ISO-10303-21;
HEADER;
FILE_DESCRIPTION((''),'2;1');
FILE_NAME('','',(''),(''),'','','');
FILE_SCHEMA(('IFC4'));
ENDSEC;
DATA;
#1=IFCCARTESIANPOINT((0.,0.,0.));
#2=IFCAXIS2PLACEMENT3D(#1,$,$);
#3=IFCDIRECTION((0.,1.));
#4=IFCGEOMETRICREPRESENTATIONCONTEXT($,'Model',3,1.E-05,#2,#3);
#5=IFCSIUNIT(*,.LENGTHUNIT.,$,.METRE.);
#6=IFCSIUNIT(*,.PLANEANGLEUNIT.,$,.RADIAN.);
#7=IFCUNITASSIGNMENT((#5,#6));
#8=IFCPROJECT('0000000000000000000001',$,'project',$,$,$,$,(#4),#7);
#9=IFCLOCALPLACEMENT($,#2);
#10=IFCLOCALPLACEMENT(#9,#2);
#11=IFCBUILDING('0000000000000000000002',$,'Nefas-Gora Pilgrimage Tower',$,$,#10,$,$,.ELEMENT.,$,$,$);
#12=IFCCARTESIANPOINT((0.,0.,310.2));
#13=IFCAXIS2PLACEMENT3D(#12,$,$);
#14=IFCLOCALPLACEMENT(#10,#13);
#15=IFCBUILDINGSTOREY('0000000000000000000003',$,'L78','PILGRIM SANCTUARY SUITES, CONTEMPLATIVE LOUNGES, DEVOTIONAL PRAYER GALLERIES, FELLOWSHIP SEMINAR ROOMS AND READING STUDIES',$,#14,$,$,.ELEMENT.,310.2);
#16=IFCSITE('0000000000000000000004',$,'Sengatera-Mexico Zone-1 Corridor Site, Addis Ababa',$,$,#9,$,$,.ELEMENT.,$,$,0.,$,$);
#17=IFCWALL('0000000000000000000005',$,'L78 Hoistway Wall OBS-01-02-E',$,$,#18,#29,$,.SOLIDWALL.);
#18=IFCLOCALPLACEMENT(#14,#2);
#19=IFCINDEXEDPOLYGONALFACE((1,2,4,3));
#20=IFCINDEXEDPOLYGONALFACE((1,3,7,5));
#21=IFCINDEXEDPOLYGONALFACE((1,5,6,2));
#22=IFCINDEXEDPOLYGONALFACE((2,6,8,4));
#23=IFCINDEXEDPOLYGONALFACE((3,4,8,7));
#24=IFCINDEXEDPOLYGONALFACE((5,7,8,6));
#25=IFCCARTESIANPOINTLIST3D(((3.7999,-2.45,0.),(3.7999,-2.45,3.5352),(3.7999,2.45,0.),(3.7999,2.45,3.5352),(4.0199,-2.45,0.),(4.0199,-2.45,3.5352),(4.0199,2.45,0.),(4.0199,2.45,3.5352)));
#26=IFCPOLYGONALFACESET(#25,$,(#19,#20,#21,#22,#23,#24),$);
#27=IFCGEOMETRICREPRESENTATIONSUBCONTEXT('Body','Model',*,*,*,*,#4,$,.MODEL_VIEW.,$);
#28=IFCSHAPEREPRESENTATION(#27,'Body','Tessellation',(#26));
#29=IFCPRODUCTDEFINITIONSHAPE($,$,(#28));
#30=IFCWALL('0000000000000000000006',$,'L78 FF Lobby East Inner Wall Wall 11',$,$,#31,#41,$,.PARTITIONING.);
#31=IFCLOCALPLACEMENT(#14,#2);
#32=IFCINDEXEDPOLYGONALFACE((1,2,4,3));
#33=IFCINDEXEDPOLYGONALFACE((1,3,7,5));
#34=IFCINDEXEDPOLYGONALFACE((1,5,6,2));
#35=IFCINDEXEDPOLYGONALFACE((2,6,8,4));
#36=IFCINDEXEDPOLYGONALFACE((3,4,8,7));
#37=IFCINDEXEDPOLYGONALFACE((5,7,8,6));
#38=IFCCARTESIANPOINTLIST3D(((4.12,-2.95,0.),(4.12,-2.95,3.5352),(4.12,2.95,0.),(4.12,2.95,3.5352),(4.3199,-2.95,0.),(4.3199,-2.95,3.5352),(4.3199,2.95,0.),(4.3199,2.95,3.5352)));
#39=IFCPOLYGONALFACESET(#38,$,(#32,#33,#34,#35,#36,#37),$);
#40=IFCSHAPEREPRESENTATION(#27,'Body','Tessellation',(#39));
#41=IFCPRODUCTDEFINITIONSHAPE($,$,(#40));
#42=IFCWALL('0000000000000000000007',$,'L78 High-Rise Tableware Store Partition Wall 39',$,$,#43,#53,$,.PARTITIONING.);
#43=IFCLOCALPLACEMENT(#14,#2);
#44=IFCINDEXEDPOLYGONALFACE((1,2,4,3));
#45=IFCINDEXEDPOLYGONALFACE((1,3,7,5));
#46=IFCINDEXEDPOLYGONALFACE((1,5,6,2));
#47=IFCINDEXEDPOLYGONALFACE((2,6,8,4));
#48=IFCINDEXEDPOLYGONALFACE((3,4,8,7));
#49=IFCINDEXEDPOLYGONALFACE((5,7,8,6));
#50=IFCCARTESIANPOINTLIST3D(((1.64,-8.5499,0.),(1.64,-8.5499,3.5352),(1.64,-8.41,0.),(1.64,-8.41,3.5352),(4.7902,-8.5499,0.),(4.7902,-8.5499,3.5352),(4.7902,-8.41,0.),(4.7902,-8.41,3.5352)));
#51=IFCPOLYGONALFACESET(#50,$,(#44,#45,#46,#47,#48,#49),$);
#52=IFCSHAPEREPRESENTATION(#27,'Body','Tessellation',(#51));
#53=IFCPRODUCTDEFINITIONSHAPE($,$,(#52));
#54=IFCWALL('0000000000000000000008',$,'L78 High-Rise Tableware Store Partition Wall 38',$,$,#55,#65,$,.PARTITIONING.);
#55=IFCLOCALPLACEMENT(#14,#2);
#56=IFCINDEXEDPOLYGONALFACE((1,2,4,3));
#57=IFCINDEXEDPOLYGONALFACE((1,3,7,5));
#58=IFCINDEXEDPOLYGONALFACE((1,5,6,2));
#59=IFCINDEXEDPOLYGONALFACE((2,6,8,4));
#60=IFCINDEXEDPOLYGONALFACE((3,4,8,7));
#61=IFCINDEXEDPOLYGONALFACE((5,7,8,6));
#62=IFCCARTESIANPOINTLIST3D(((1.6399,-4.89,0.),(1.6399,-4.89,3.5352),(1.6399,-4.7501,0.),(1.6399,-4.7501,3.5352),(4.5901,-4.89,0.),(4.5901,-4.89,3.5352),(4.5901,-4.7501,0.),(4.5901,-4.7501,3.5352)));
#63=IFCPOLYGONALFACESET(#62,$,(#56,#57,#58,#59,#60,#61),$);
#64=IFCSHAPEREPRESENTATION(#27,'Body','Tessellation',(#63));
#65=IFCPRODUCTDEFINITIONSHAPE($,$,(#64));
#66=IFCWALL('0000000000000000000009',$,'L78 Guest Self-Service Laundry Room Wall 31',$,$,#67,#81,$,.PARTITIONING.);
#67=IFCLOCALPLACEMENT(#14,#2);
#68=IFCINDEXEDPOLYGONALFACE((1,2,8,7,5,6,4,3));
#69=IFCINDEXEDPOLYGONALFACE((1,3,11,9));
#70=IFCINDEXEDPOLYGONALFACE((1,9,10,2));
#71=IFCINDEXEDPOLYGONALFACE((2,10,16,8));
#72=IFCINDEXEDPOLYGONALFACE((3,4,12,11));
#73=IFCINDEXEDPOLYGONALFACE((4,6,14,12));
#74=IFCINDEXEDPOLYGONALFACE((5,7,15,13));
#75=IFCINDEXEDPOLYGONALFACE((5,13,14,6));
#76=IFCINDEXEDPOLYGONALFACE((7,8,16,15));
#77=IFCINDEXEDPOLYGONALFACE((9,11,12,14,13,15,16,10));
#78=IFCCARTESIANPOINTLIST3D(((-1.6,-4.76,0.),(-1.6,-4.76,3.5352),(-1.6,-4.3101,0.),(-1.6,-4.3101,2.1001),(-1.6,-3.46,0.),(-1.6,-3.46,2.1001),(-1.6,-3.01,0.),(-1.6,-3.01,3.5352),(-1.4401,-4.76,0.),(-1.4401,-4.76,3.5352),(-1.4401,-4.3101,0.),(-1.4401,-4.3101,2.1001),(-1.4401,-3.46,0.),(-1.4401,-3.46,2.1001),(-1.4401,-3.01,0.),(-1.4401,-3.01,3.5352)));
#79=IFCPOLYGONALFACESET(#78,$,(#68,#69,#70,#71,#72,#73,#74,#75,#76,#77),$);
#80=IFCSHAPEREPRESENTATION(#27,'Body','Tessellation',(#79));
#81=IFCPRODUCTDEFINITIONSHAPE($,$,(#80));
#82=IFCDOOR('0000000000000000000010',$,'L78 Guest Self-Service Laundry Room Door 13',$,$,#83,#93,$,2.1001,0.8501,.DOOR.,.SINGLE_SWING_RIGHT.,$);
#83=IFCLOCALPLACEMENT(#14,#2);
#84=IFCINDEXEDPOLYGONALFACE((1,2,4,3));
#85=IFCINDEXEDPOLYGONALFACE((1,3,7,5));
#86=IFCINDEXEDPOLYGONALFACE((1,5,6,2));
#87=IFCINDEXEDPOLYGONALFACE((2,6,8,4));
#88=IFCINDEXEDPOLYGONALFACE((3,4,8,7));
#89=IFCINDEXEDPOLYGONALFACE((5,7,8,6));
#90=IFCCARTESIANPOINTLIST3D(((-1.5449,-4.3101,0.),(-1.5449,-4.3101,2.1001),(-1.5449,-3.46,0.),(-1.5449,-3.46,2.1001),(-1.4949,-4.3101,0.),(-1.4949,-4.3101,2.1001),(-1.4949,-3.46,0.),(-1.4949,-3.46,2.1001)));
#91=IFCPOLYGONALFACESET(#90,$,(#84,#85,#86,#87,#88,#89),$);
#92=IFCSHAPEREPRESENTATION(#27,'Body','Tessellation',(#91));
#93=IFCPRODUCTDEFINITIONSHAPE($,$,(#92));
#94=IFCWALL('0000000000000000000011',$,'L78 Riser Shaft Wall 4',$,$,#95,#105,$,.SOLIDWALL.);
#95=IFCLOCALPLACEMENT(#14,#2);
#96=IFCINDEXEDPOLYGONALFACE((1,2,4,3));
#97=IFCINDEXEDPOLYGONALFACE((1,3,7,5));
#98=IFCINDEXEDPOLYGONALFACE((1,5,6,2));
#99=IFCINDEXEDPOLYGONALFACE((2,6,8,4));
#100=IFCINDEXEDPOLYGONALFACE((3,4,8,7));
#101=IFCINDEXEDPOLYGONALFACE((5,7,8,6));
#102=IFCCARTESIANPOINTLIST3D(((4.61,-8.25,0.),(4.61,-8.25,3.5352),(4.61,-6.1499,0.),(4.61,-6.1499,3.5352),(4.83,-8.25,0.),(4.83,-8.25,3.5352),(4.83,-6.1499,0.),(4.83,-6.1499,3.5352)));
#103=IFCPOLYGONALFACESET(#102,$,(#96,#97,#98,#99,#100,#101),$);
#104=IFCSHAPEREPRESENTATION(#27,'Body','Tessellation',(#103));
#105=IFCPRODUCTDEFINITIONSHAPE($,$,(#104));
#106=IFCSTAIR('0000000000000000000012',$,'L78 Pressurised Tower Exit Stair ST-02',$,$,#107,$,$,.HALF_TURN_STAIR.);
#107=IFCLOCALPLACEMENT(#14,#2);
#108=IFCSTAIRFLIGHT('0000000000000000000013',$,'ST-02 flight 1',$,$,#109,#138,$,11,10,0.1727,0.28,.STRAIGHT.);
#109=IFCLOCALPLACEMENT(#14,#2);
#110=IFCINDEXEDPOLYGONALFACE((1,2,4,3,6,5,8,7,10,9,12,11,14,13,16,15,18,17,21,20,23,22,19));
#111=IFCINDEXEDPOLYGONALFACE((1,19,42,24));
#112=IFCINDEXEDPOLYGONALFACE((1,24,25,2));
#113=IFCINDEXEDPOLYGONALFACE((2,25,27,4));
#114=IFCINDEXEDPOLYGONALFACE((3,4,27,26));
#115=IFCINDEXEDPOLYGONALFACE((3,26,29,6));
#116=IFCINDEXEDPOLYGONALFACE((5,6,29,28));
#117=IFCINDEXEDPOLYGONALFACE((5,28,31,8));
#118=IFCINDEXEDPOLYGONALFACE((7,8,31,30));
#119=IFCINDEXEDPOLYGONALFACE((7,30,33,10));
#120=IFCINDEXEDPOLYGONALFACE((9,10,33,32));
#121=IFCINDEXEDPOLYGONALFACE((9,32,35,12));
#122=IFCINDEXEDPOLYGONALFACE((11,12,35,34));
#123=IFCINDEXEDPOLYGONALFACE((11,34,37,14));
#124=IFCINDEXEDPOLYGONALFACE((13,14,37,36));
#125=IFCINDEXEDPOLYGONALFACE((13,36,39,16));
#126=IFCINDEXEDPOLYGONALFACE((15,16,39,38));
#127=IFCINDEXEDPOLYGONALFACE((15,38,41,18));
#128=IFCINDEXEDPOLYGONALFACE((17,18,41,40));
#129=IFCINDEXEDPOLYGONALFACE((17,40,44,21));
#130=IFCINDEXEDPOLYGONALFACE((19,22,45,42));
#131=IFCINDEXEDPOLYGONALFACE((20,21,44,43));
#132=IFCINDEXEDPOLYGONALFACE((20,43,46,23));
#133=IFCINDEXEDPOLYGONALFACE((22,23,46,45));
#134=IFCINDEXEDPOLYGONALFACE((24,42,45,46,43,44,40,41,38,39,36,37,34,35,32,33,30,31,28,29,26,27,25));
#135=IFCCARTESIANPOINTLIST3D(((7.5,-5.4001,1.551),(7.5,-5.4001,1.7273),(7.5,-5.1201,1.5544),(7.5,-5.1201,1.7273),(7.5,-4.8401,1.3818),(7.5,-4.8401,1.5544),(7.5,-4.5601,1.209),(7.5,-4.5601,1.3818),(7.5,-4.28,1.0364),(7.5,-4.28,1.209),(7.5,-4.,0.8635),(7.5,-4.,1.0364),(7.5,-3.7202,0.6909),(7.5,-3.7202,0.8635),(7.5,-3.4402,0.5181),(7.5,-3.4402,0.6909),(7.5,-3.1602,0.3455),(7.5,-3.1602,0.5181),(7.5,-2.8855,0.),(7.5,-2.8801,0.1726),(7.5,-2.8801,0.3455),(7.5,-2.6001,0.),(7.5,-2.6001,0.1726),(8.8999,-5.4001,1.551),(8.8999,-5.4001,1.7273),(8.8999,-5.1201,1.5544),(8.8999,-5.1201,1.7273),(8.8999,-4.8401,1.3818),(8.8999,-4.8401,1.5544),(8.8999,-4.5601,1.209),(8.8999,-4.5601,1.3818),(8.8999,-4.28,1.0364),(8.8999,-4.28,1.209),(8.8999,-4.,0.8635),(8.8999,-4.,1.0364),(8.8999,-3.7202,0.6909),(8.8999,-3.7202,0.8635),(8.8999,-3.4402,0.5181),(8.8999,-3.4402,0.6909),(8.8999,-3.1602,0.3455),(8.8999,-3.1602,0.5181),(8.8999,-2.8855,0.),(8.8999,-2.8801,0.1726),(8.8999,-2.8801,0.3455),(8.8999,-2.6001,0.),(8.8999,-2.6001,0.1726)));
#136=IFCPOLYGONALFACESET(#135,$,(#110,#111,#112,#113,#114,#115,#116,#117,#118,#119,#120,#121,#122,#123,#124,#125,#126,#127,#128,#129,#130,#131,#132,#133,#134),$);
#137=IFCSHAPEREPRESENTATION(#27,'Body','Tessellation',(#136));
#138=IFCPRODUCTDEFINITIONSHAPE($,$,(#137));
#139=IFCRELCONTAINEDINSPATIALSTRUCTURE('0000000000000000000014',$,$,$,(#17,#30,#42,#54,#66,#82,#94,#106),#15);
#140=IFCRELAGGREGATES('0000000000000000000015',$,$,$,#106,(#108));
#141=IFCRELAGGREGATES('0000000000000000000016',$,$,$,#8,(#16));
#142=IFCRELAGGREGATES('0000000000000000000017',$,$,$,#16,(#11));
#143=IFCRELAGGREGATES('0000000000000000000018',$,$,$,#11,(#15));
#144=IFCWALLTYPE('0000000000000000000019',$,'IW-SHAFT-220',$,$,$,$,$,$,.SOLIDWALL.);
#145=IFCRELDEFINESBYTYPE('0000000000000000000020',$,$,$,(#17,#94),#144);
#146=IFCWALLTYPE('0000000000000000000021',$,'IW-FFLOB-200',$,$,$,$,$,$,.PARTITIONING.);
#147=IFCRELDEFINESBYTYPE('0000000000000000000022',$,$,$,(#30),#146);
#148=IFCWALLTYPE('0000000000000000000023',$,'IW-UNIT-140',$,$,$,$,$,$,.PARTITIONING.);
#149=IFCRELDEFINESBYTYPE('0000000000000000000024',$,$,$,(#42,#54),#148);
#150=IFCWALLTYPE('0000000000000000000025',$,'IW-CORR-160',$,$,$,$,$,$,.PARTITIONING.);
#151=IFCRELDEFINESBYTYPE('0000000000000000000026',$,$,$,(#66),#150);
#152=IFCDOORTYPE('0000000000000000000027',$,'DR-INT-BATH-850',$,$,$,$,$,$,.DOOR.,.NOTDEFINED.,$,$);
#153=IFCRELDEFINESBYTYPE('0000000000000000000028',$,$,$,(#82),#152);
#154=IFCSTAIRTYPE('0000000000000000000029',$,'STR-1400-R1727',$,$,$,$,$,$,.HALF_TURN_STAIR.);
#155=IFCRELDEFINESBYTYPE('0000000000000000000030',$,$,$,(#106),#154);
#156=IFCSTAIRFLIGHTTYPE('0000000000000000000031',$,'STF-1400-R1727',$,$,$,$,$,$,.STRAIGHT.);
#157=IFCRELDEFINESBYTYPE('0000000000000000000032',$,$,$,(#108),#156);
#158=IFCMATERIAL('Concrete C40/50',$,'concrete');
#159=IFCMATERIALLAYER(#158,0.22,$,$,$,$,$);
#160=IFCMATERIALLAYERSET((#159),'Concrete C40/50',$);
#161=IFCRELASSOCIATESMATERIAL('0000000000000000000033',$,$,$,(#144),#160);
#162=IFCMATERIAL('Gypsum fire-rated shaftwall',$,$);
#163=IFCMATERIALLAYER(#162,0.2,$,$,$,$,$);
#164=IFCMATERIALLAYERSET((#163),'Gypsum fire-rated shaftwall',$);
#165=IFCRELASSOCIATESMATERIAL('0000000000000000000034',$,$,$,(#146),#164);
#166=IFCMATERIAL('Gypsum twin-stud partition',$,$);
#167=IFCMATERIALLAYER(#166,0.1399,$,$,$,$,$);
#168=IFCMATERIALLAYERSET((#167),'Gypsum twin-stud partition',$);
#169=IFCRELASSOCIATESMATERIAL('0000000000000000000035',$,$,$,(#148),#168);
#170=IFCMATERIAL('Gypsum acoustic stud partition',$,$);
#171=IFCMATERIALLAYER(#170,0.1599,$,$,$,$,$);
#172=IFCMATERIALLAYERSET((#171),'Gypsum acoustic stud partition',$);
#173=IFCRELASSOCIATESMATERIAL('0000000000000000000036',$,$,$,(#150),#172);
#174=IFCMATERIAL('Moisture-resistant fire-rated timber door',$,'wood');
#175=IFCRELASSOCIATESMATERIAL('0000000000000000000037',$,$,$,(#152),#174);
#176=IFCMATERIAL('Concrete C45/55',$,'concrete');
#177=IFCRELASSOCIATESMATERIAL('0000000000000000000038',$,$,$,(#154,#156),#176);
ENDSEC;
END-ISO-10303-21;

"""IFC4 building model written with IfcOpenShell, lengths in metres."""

from ifc_helpers import new_model, si_unit, direction, frame, frame_2d, origin, place, context, subcontext, project, spatial, polyline, rectangle, outline, extrude, source, transform, mapped, material, layer, layer_set, type_object, element, fill, aggregate, save


model = new_model("IFC4")

# Units and contexts
model_context = context("Model", 3, precision=1e-05, world=origin(), true_north=direction((0.0, 1.0)))
body_context = subcontext(model_context, "Body", "Model", "MODEL_VIEW")
ifc_project = project(units=[si_unit("LENGTHUNIT", "METRE"), si_unit("PLANEANGLEUNIT", "RADIAN")], contexts=[model_context])

# Site, building, storey
site_placement = place(None, origin())
site = spatial("IfcSite", under=ifc_project, at=site_placement, Name="Sengatera-Mexico Zone-1 Corridor Site, Addis Ababa", CompositionType="ELEMENT", RefElevation=0.0)
building_placement = place(site_placement, origin())
building = spatial("IfcBuilding", under=site, at=building_placement, Name="Nefas-Gora Pilgrimage Tower", CompositionType="ELEMENT")
storey_placement = place(building_placement, frame((0.0, 0.0, 310.2)))
storey = spatial("IfcBuildingStorey", under=building, at=storey_placement, Name="L78", Description="PILGRIM SANCTUARY SUITES, CONTEMPLATIVE LOUNGES, DEVOTIONAL PRAYER GALLERIES, FELLOWSHIP SEMINAR ROOMS AND READING STUDIES", CompositionType="ELEMENT", Elevation=310.2)

# Shared definitions
ifc_material_1 = material(Name="Concrete C40/50", Category="concrete")

# Shared definitions
ifc_material_2 = material(Name="Concrete C45/55", Category="concrete")

# Shared definitions
ifc_layer_1 = layer(ifc_material_1, 0.22)
ifc_layer_set_1 = layer_set([ifc_layer_1], Name="Concrete C40/50")
wall_type_1 = type_object("IfcWallType", Name="IW-SHAFT-220", PredefinedType="SOLIDWALL", material=ifc_layer_set_1)

# Walls
shared_shape_1 = source(origin(), body_context, "Body", "SweptSolid", [
    extrude(rectangle(XDim=4.8999, YDim=0.22, at=frame_2d((2.45, 0.0))), origin(), (0.0, 0.0, 1.0), 3.5352),
])
wall_1_placement = place(storey_placement, frame((3.9099, -2.45, 0.0), z_axis=(0.0, 0.0, 1.0), x_axis=(0.0, 1.0, 0.0)))
element("IfcWall", 1, at=wall_1_placement, inside=storey, type_object=wall_type_1, Name="L78 Hoistway Wall OBS-01-02-E", PredefinedType="SOLIDWALL", context=body_context, shape_type="MappedRepresentation", body=[
    mapped(shared_shape_1, transform((0.0, 0.0, 0.0), x_axis=(1.0, 0.0, 0.0), y_axis=(0.0, 1.0, 0.0), z_axis=(0.0, 0.0, 1.0), scale=1.0)),
])
ifc_material_3 = material(Name="Gypsum fire-rated shaftwall")
ifc_layer_2 = layer(ifc_material_3, 0.2)
ifc_layer_set_2 = layer_set([ifc_layer_2], Name="Gypsum fire-rated shaftwall")
wall_type_2 = type_object("IfcWallType", Name="IW-FFLOB-200", PredefinedType="PARTITIONING", material=ifc_layer_set_2)
shared_shape_2 = source(origin(), body_context, "Body", "SweptSolid", [
    extrude(rectangle(XDim=5.8999, YDim=0.2, at=frame_2d((2.95, 0.0))), origin(), (0.0, 0.0, 1.0), 3.5352),
])
wall_2_placement = place(storey_placement, frame((4.22, -2.95, 0.0), z_axis=(0.0, 0.0, 1.0), x_axis=(0.0, 1.0, 0.0)))
element("IfcWall", 2, at=wall_2_placement, inside=storey, type_object=wall_type_2, Name="L78 FF Lobby East Inner Wall Wall 11", PredefinedType="PARTITIONING", context=body_context, shape_type="MappedRepresentation", body=[
    mapped(shared_shape_2, transform((0.0, 0.0, 0.0), x_axis=(1.0, 0.0, 0.0), y_axis=(0.0, 1.0, 0.0), z_axis=(0.0, 0.0, 1.0), scale=1.0)),
])
ifc_material_4 = material(Name="Gypsum twin-stud partition")
ifc_layer_3 = layer(ifc_material_4, 0.1399)
ifc_layer_set_3 = layer_set([ifc_layer_3], Name="Gypsum twin-stud partition")
wall_type_3 = type_object("IfcWallType", Name="IW-UNIT-140", PredefinedType="PARTITIONING", material=ifc_layer_set_3)
shared_shape_3 = source(origin(), body_context, "Body", "SweptSolid", [
    extrude(rectangle(XDim=3.1501, YDim=0.1399, at=frame_2d((1.5752, 0.0))), origin(), (0.0, 0.0, 1.0), 3.5352),
])
wall_3_placement = place(storey_placement, frame((1.6399, -8.48, 0.0), z_axis=(0.0, 0.0, 1.0), x_axis=(1.0, 0.0, 0.0)))
element("IfcWall", 3, at=wall_3_placement, inside=storey, type_object=wall_type_3, Name="L78 High-Rise Tableware Store Partition Wall 39", PredefinedType="PARTITIONING", context=body_context, shape_type="MappedRepresentation", body=[
    mapped(shared_shape_3, transform((0.0, 0.0, 0.0), x_axis=(1.0, 0.0, 0.0), y_axis=(0.0, 1.0, 0.0), z_axis=(0.0, 0.0, 1.0), scale=1.0)),
])
shared_shape_4 = source(origin(), body_context, "Body", "SweptSolid", [
    extrude(rectangle(XDim=2.9502, YDim=0.1399, at=frame_2d((1.4751, 0.0))), origin(), (0.0, 0.0, 1.0), 3.5352),
])
wall_4_placement = place(storey_placement, frame((1.6399, -4.8201, 0.0), z_axis=(0.0, 0.0, 1.0), x_axis=(1.0, 0.0, 0.0)))
element("IfcWall", 4, at=wall_4_placement, inside=storey, type_object=wall_type_3, Name="L78 High-Rise Tableware Store Partition Wall 38", PredefinedType="PARTITIONING", context=body_context, shape_type="MappedRepresentation", body=[
    mapped(shared_shape_4, transform((0.0, 0.0, 0.0), x_axis=(1.0, 0.0, 0.0), y_axis=(0.0, 1.0, 0.0), z_axis=(0.0, 0.0, 1.0), scale=1.0)),
])

# Wall, opening, door
ifc_material_5 = material(Name="Gypsum acoustic stud partition")
ifc_layer_4 = layer(ifc_material_5, 0.1599)
ifc_layer_set_4 = layer_set([ifc_layer_4], Name="Gypsum acoustic stud partition")
wall_type_4 = type_object("IfcWallType", Name="IW-CORR-160", PredefinedType="PARTITIONING", material=ifc_layer_set_4)
shared_shape_5 = source(origin(), body_context, "Body", "SweptSolid", [
    extrude(rectangle(XDim=1.75, YDim=0.1599, at=frame_2d((0.875, 0.0))), origin(), (0.0, 0.0, 1.0), 3.5352),
])
wall_5_placement = place(storey_placement, frame((-1.52, -4.76, 0.0), z_axis=(0.0, 0.0, 1.0), x_axis=(0.0, 1.0, 0.0)))
wall_5 = element("IfcWall", 5, at=wall_5_placement, inside=storey, type_object=wall_type_4, Name="L78 Guest Self-Service Laundry Room Wall 31", PredefinedType="PARTITIONING", context=body_context, shape_type="MappedRepresentation", body=[
    mapped(shared_shape_5, transform((0.0, 0.0, 0.0), x_axis=(1.0, 0.0, 0.0), y_axis=(0.0, 1.0, 0.0), z_axis=(0.0, 0.0, 1.0), scale=1.0)),
])
opening_1_placement = place(wall_5_placement, frame((0.45, 0.0, 0.0)))
opening_1 = element("IfcOpeningElement", 6, at=opening_1_placement, cuts=wall_5, PredefinedType="OPENING", context=body_context, shape_type="SweptSolid", body=[
    extrude(rectangle(XDim=0.8501, YDim=2.1001, at=frame_2d((0.425, 1.05))), frame((0.0, 0.0898, 0.0), z_axis=(0.0, -1.0, 0.0), x_axis=(1.0, 0.0, 0.0)), (0.0, 0.0, 1.0), 0.1799),
])
ifc_material_6 = material(Name="Moisture-resistant fire-rated timber door", Category="wood")
door_type_1 = type_object("IfcDoorType", Name="DR-INT-BATH-850", OperationType="NOTDEFINED", PredefinedType="DOOR", material=ifc_material_6)
shared_shape_6 = source(origin(), body_context, "Body", "SweptSolid", [
    extrude(rectangle(XDim=0.8501, YDim=2.1001, at=frame_2d((0.425, 1.05))), frame((0.0, 0.0249, 0.0), z_axis=(0.0, -1.0, 0.0), x_axis=(1.0, 0.0, 0.0)), (0.0, 0.0, 1.0), 0.05),
])
door_1_placement = place(opening_1_placement, origin())
door_1 = element("IfcDoor", 7, at=door_1_placement, inside=storey, type_object=door_type_1, Name="L78 Guest Self-Service Laundry Room Door 13", OperationType="SINGLE_SWING_RIGHT", OverallHeight=2.1001, OverallWidth=0.8501, PredefinedType="DOOR", context=body_context, shape_type="MappedRepresentation", body=[
    mapped(shared_shape_6, transform((0.0, 0.0, 0.0), x_axis=(1.0, 0.0, 0.0), y_axis=(0.0, 1.0, 0.0), z_axis=(0.0, 0.0, 1.0), scale=1.0)),
])
fill(opening_1, door_1)

# Wall
shared_shape_7 = source(origin(), body_context, "Body", "SweptSolid", [
    extrude(rectangle(XDim=2.1001, YDim=0.22, at=frame_2d((1.05, 0.0))), origin(), (0.0, 0.0, 1.0), 3.5352),
])
wall_6_placement = place(storey_placement, frame((4.72, -8.25, 0.0), z_axis=(0.0, 0.0, 1.0), x_axis=(0.0, 1.0, 0.0)))
element("IfcWall", 8, at=wall_6_placement, inside=storey, type_object=wall_type_1, Name="L78 Riser Shaft Wall 4", PredefinedType="SOLIDWALL", context=body_context, shape_type="MappedRepresentation", body=[
    mapped(shared_shape_7, transform((0.0, 0.0, 0.0), x_axis=(1.0, 0.0, 0.0), y_axis=(0.0, 1.0, 0.0), z_axis=(0.0, 0.0, 1.0), scale=1.0)),
])

# Stair, stair flight
stair_type = type_object("IfcStairType", Name="STR-1400-R1727", PredefinedType="HALF_TURN_STAIR", material=ifc_material_2)
stair_placement = place(storey_placement, origin())
stair = element("IfcStair", 9, at=stair_placement, inside=storey, type_object=stair_type, Name="L78 Pressurised Tower Exit Stair ST-02", PredefinedType="HALF_TURN_STAIR")
stair_flight_type = type_object("IfcStairFlightType", Name="STF-1400-R1727", PredefinedType="STRAIGHT", material=ifc_material_2)
shared_shape_8 = source(origin(), body_context, "Body", "SweptSolid", [
    extrude(outline(polyline([(0.0, 0.0), (0.0, 0.1726), (0.28, 0.1726), (0.28, 0.3455), (0.5601, 0.3455), (0.5601, 0.5181), (0.8401, 0.5181), (0.8401, 0.6909), (1.1201, 0.6909), (1.1201, 0.8635), (1.3999, 0.8635), (1.3999, 1.0364), (1.6799, 1.0364), (1.6799, 1.209), (1.96, 1.209), (1.96, 1.3818), (2.24, 1.3818), (2.24, 1.5544), (2.52, 1.5544), (2.52, 1.7273), (2.8, 1.7273), (2.8, 1.8999), (2.8, 1.551), (0.2854, 0.0), (0.0, 0.0)])), frame((0.0, 0.7, 0.0), z_axis=(0.0, -1.0, 0.0), x_axis=(1.0, 0.0, 0.0)), (0.0, 0.0, 1.0), 1.3999),
])
stair_flight_placement = place(storey_placement, frame((8.2, -2.6001, 0.0), z_axis=(0.0, 0.0, 1.0), x_axis=(0.0, -1.0, 0.0)))
stair_flight = element("IfcStairFlight", 10, at=stair_flight_placement, type_object=stair_flight_type, Name="ST-02 flight 1", NumberOfRisers=11, NumberOfTreads=10, PredefinedType="STRAIGHT", RiserHeight=0.1727, TreadLength=0.28, context=body_context, shape_type="MappedRepresentation", body=[
    mapped(shared_shape_8, transform((0.0, 0.0, 0.0), x_axis=(1.0, 0.0, 0.0), y_axis=(0.0, 1.0, 0.0), z_axis=(0.0, 0.0, 1.0), scale=1.0)),
])
aggregate(stair, [stair_flight])

save(model, "model.ifc")
